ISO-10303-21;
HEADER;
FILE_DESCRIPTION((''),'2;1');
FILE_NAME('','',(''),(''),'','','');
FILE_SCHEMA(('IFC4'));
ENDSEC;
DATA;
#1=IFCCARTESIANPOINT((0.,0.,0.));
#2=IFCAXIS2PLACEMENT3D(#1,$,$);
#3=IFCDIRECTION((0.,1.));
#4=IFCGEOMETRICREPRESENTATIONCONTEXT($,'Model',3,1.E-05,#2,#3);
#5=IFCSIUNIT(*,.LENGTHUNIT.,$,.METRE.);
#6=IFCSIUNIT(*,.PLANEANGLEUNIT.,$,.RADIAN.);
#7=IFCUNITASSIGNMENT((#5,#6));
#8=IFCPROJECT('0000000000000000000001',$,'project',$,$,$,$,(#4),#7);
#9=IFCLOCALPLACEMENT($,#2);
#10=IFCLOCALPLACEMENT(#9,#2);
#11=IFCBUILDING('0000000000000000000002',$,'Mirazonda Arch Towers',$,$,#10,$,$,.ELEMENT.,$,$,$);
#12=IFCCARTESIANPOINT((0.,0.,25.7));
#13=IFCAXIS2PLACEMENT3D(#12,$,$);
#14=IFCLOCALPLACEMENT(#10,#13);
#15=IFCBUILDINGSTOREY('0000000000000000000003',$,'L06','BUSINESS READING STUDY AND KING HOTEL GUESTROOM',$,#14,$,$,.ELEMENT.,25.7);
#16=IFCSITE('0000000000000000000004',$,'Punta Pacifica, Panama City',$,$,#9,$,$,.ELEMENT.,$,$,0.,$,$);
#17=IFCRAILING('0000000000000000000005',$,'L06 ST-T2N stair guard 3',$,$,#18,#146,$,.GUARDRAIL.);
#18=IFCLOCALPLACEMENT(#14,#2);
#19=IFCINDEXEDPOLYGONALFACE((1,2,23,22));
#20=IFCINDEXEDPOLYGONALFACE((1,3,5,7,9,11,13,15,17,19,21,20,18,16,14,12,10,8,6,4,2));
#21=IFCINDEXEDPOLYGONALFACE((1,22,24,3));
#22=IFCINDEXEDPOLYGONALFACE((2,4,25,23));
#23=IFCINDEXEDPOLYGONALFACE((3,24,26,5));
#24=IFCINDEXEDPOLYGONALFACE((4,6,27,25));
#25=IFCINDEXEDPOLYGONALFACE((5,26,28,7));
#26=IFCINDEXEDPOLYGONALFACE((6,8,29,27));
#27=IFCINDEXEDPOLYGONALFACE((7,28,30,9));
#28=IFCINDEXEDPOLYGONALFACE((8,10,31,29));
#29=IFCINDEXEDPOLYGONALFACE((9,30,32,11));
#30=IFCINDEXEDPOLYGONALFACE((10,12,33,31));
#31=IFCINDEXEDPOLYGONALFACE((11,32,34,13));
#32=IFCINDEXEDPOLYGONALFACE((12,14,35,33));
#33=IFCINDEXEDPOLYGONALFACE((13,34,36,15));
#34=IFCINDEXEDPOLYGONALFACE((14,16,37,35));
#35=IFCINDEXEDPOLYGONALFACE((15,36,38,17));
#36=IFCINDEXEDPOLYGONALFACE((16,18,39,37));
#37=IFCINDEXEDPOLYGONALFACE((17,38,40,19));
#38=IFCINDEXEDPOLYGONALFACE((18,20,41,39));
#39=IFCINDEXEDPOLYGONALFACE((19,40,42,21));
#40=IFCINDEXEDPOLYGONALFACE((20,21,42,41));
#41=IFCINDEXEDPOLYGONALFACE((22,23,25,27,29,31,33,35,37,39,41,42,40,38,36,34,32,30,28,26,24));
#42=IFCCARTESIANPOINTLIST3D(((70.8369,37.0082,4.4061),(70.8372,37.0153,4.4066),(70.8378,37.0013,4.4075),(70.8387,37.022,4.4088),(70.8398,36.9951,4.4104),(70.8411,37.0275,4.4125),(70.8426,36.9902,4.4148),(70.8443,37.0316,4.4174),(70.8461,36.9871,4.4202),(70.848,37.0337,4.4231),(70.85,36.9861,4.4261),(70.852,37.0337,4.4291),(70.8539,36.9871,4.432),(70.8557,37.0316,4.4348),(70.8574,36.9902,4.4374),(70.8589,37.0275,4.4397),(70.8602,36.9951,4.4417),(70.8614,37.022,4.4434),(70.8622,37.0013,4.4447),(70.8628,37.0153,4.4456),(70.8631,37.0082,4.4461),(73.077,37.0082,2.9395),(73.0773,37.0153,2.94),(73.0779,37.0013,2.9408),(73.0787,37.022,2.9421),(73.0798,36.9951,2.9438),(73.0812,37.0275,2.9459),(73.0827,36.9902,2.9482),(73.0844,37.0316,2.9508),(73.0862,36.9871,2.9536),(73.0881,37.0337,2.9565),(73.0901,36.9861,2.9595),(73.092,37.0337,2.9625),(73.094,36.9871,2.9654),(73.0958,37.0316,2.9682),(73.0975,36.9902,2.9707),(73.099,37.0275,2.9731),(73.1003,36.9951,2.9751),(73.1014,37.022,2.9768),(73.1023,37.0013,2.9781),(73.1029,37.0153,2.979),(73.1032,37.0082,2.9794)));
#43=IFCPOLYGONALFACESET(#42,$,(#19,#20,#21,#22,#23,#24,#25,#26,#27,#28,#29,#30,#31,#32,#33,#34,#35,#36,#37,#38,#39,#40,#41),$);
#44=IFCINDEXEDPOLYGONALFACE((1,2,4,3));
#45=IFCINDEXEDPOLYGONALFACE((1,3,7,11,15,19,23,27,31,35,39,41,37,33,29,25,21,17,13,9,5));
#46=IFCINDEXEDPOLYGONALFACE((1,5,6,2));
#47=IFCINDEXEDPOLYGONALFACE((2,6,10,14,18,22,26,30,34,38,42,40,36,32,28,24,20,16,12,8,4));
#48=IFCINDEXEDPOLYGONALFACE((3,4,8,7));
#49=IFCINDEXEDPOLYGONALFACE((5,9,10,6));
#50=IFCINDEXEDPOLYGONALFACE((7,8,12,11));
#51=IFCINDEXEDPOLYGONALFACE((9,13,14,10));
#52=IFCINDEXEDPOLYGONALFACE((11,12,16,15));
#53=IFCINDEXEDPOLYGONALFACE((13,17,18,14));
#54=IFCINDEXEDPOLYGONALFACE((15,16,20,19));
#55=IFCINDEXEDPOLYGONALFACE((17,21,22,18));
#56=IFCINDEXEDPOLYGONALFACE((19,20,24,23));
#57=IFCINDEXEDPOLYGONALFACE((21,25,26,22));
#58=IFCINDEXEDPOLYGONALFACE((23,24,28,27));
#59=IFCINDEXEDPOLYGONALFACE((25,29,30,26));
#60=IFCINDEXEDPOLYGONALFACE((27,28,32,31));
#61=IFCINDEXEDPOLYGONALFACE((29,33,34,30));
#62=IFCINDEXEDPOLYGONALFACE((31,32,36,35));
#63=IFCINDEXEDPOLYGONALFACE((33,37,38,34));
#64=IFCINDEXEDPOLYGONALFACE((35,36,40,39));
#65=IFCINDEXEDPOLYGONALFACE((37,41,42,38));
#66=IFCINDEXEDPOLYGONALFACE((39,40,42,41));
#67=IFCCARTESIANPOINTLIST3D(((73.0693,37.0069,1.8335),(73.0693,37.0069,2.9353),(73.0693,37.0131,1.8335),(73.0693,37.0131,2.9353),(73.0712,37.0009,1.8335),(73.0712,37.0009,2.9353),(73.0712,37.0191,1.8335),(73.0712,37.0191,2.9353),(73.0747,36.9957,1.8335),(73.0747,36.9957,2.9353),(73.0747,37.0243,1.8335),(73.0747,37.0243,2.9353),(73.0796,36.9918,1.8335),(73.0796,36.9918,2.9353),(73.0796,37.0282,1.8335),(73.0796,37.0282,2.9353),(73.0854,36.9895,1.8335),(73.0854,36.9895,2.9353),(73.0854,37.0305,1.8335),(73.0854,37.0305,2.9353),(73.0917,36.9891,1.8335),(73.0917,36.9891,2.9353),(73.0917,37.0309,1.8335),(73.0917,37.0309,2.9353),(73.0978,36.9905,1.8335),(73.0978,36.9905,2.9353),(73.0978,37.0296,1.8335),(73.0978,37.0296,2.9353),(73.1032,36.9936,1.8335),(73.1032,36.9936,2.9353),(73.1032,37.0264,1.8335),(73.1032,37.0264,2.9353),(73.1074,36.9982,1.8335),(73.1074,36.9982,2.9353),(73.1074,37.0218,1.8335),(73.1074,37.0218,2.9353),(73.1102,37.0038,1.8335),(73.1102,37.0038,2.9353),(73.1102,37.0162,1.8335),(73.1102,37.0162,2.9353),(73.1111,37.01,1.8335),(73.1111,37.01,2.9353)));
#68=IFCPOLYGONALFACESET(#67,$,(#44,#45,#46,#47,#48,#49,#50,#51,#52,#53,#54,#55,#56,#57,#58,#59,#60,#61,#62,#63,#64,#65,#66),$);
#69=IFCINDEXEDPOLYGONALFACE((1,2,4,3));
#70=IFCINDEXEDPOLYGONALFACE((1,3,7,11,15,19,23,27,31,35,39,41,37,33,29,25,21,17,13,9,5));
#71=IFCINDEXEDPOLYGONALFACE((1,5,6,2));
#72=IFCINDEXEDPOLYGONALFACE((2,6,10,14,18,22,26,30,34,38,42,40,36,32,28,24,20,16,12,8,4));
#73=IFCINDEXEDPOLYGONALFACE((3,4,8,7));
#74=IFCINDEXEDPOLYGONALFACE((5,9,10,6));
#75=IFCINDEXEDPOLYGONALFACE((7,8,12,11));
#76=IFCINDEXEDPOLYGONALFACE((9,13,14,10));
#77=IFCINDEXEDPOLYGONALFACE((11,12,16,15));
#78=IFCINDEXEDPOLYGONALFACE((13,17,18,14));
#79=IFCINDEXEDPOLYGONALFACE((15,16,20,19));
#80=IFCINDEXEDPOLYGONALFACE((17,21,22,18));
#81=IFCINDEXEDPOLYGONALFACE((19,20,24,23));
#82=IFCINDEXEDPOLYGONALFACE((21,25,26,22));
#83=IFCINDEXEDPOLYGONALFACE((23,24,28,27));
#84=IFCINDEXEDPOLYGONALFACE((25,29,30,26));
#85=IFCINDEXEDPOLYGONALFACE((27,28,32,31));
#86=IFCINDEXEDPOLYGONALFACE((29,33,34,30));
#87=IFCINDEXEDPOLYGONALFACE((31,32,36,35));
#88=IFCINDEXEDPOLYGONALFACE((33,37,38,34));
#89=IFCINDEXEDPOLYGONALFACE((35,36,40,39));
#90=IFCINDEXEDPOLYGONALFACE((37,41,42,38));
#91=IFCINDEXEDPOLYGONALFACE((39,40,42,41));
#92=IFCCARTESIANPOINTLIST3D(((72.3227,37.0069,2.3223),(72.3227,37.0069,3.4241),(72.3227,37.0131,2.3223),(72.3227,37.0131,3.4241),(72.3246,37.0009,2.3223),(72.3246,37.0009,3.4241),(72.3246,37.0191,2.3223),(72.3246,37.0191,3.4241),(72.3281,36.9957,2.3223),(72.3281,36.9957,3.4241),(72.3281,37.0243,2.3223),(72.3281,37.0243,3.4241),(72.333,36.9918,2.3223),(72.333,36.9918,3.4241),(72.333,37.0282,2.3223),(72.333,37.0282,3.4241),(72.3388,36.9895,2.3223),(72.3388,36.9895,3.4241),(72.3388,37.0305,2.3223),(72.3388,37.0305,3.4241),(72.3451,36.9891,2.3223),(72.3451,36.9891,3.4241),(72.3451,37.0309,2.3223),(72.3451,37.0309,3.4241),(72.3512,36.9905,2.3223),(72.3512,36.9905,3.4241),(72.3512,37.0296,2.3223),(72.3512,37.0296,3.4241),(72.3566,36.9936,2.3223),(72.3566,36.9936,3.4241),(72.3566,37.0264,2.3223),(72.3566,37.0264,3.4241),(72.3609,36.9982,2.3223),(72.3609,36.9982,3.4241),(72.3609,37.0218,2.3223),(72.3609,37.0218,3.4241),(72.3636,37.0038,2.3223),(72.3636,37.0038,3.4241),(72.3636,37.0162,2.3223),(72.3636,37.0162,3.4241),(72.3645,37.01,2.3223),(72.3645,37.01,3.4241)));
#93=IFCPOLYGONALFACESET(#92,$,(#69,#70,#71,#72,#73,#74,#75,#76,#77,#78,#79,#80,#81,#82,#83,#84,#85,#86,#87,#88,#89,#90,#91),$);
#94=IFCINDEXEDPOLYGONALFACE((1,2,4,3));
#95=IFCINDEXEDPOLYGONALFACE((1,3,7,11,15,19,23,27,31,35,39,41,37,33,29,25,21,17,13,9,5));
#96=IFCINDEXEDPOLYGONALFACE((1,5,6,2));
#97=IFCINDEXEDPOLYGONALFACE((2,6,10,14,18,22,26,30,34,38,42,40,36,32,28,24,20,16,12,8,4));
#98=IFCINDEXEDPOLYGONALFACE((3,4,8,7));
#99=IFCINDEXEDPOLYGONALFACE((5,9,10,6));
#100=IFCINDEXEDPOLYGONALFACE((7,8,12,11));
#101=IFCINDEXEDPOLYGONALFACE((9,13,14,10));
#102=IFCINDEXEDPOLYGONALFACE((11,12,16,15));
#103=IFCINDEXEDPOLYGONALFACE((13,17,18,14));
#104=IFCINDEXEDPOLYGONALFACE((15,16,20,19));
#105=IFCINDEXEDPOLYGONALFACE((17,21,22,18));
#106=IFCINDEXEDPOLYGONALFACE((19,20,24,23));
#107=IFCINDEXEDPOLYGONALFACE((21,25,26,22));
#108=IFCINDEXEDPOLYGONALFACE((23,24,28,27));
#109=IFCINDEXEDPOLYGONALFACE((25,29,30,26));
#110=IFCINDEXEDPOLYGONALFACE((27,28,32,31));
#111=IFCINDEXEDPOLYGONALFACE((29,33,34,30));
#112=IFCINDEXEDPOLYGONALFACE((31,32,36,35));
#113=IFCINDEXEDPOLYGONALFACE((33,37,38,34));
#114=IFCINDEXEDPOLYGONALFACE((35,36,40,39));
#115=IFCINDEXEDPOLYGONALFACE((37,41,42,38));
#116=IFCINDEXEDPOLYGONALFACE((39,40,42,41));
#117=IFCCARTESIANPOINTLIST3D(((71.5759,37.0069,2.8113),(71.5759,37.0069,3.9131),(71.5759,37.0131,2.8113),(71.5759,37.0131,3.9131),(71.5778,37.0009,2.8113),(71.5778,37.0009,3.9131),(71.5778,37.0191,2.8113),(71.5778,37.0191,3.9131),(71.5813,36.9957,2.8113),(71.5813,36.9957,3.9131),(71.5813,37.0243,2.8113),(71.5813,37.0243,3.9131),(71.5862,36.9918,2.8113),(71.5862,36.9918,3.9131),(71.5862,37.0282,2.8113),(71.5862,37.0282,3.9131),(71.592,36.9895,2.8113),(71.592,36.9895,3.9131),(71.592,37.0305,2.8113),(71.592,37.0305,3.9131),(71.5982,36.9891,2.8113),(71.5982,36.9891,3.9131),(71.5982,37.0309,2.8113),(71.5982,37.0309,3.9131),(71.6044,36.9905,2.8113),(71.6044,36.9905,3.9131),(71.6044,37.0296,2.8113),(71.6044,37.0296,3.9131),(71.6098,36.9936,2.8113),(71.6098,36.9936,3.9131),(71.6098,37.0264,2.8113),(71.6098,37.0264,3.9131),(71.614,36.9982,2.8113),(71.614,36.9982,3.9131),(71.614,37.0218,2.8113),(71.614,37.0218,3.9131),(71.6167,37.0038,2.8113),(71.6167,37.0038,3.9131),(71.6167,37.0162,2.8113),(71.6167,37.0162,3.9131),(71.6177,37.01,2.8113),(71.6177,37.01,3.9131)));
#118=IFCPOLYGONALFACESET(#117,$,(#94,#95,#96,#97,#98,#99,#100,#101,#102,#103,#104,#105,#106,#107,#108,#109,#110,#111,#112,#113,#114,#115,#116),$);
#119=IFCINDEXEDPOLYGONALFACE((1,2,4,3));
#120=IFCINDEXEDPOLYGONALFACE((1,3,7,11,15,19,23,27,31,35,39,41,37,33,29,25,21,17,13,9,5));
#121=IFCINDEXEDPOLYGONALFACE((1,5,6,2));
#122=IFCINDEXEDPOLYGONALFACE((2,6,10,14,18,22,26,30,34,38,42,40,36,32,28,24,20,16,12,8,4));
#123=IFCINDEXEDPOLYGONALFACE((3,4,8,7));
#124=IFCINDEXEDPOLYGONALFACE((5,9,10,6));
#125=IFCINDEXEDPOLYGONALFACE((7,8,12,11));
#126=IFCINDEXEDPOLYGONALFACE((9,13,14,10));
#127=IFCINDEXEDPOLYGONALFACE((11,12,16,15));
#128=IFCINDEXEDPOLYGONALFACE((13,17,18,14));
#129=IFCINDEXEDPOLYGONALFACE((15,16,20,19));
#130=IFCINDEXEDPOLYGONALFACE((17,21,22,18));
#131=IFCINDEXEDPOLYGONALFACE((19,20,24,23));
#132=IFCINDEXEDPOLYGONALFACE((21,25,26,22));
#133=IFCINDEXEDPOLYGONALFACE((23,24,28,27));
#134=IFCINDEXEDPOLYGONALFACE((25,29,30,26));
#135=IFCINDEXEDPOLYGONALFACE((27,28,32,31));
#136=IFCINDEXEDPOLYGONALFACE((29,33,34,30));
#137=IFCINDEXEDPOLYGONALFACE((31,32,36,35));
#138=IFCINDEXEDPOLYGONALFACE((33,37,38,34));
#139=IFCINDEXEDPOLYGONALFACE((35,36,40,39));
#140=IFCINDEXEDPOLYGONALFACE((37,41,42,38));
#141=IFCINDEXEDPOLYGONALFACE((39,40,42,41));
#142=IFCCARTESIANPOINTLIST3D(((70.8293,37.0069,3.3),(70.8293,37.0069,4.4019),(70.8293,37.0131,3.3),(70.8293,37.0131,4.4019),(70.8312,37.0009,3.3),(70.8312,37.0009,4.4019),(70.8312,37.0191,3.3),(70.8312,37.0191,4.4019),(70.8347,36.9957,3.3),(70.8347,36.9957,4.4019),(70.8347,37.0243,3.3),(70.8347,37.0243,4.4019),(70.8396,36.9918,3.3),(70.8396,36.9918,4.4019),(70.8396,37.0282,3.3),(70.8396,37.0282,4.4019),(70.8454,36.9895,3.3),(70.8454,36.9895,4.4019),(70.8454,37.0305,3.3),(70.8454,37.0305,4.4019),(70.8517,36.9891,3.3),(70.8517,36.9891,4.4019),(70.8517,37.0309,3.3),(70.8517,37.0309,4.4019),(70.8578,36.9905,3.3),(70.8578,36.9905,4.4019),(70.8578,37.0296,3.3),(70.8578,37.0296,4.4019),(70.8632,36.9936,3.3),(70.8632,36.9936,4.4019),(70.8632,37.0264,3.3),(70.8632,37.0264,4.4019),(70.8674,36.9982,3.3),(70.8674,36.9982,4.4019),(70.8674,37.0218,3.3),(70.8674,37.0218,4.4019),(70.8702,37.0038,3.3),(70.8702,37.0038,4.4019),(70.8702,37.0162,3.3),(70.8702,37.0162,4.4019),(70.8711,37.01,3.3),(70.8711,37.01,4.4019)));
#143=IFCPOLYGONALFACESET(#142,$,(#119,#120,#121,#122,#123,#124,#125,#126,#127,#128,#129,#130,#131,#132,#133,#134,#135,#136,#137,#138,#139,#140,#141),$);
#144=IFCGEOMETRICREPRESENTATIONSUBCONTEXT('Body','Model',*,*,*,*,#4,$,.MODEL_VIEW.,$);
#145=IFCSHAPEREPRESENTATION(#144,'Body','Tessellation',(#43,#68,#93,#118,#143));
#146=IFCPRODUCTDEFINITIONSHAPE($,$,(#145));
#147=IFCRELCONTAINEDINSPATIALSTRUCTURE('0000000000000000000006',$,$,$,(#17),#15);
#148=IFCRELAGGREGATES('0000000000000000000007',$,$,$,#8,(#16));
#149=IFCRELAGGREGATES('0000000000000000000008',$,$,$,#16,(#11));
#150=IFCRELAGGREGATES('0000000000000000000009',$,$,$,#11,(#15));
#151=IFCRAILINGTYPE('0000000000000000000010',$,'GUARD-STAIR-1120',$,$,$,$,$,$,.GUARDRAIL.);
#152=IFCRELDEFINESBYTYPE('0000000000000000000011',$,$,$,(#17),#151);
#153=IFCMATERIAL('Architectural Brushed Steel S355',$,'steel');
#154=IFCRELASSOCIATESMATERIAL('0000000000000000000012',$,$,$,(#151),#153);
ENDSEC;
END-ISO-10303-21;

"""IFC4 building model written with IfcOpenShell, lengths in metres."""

from ifc_helpers import new_model, si_unit, direction, frame, origin, origin_2d, place, context, subcontext, project, spatial, circle, extrude, material, type_object, element, save


model = new_model("IFC4")

# Units and contexts
model_context = context("Model", 3, precision=1e-05, world=origin(), true_north=direction((0.0, 1.0)))
body_context = subcontext(model_context, "Body", "Model", "MODEL_VIEW")
ifc_project = project(units=[si_unit("LENGTHUNIT", "METRE"), si_unit("PLANEANGLEUNIT", "RADIAN")], contexts=[model_context])

# Site, building, storey
site_placement = place(None, origin())
site = spatial("IfcSite", under=ifc_project, at=site_placement, Name="Punta Pacifica, Panama City", CompositionType="ELEMENT", RefElevation=0.0)
building_placement = place(site_placement, origin())
building = spatial("IfcBuilding", under=site, at=building_placement, Name="Mirazonda Arch Towers", CompositionType="ELEMENT")
storey_placement = place(building_placement, frame((0.0, 0.0, 25.7)))
storey = spatial("IfcBuildingStorey", under=building, at=storey_placement, Name="L06", Description="BUSINESS READING STUDY AND KING HOTEL GUESTROOM", CompositionType="ELEMENT", Elevation=25.7)

# Shared definitions
ifc_material_1 = material(Name="Architectural Brushed Steel S355", Category="steel")

# Railing
railing_type_1 = type_object("IfcRailingType", Name="GUARD-STAIR-1120", PredefinedType="GUARDRAIL", material=ifc_material_1)
railing_1_placement = place(storey_placement, frame((73.0901, 37.01, 1.8335)))
element("IfcRailing", 1, at=railing_1_placement, inside=storey, type_object=railing_type_1, Name="L06 ST-T2N stair guard 3", PredefinedType="GUARDRAIL", context=body_context, shape_type="SweptSolid", body=[
    extrude(circle(Radius=0.0239, at=origin_2d()), frame((0.0, 0.0, 1.126), z_axis=(-0.836637, 0.0, 0.547758), x_axis=(0.0, -1.0, 0.0)), (0.0, 0.0, 1.0), 2.6775),
    extrude(circle(Radius=0.021, at=origin_2d()), origin(), (0.0, 0.0, 1.0), 1.1018),
    extrude(circle(Radius=0.021, at=origin_2d()), frame((-0.7466, 0.0, 0.4888)), (0.0, 0.0, 1.0), 1.1018),
    extrude(circle(Radius=0.021, at=origin_2d()), frame((-1.4934, 0.0, 0.9778)), (0.0, 0.0, 1.0), 1.1018),
    extrude(circle(Radius=0.021, at=origin_2d()), frame((-2.24, 0.0, 1.4666)), (0.0, 0.0, 1.0), 1.1018),
])

save(model, "model.ifc")
